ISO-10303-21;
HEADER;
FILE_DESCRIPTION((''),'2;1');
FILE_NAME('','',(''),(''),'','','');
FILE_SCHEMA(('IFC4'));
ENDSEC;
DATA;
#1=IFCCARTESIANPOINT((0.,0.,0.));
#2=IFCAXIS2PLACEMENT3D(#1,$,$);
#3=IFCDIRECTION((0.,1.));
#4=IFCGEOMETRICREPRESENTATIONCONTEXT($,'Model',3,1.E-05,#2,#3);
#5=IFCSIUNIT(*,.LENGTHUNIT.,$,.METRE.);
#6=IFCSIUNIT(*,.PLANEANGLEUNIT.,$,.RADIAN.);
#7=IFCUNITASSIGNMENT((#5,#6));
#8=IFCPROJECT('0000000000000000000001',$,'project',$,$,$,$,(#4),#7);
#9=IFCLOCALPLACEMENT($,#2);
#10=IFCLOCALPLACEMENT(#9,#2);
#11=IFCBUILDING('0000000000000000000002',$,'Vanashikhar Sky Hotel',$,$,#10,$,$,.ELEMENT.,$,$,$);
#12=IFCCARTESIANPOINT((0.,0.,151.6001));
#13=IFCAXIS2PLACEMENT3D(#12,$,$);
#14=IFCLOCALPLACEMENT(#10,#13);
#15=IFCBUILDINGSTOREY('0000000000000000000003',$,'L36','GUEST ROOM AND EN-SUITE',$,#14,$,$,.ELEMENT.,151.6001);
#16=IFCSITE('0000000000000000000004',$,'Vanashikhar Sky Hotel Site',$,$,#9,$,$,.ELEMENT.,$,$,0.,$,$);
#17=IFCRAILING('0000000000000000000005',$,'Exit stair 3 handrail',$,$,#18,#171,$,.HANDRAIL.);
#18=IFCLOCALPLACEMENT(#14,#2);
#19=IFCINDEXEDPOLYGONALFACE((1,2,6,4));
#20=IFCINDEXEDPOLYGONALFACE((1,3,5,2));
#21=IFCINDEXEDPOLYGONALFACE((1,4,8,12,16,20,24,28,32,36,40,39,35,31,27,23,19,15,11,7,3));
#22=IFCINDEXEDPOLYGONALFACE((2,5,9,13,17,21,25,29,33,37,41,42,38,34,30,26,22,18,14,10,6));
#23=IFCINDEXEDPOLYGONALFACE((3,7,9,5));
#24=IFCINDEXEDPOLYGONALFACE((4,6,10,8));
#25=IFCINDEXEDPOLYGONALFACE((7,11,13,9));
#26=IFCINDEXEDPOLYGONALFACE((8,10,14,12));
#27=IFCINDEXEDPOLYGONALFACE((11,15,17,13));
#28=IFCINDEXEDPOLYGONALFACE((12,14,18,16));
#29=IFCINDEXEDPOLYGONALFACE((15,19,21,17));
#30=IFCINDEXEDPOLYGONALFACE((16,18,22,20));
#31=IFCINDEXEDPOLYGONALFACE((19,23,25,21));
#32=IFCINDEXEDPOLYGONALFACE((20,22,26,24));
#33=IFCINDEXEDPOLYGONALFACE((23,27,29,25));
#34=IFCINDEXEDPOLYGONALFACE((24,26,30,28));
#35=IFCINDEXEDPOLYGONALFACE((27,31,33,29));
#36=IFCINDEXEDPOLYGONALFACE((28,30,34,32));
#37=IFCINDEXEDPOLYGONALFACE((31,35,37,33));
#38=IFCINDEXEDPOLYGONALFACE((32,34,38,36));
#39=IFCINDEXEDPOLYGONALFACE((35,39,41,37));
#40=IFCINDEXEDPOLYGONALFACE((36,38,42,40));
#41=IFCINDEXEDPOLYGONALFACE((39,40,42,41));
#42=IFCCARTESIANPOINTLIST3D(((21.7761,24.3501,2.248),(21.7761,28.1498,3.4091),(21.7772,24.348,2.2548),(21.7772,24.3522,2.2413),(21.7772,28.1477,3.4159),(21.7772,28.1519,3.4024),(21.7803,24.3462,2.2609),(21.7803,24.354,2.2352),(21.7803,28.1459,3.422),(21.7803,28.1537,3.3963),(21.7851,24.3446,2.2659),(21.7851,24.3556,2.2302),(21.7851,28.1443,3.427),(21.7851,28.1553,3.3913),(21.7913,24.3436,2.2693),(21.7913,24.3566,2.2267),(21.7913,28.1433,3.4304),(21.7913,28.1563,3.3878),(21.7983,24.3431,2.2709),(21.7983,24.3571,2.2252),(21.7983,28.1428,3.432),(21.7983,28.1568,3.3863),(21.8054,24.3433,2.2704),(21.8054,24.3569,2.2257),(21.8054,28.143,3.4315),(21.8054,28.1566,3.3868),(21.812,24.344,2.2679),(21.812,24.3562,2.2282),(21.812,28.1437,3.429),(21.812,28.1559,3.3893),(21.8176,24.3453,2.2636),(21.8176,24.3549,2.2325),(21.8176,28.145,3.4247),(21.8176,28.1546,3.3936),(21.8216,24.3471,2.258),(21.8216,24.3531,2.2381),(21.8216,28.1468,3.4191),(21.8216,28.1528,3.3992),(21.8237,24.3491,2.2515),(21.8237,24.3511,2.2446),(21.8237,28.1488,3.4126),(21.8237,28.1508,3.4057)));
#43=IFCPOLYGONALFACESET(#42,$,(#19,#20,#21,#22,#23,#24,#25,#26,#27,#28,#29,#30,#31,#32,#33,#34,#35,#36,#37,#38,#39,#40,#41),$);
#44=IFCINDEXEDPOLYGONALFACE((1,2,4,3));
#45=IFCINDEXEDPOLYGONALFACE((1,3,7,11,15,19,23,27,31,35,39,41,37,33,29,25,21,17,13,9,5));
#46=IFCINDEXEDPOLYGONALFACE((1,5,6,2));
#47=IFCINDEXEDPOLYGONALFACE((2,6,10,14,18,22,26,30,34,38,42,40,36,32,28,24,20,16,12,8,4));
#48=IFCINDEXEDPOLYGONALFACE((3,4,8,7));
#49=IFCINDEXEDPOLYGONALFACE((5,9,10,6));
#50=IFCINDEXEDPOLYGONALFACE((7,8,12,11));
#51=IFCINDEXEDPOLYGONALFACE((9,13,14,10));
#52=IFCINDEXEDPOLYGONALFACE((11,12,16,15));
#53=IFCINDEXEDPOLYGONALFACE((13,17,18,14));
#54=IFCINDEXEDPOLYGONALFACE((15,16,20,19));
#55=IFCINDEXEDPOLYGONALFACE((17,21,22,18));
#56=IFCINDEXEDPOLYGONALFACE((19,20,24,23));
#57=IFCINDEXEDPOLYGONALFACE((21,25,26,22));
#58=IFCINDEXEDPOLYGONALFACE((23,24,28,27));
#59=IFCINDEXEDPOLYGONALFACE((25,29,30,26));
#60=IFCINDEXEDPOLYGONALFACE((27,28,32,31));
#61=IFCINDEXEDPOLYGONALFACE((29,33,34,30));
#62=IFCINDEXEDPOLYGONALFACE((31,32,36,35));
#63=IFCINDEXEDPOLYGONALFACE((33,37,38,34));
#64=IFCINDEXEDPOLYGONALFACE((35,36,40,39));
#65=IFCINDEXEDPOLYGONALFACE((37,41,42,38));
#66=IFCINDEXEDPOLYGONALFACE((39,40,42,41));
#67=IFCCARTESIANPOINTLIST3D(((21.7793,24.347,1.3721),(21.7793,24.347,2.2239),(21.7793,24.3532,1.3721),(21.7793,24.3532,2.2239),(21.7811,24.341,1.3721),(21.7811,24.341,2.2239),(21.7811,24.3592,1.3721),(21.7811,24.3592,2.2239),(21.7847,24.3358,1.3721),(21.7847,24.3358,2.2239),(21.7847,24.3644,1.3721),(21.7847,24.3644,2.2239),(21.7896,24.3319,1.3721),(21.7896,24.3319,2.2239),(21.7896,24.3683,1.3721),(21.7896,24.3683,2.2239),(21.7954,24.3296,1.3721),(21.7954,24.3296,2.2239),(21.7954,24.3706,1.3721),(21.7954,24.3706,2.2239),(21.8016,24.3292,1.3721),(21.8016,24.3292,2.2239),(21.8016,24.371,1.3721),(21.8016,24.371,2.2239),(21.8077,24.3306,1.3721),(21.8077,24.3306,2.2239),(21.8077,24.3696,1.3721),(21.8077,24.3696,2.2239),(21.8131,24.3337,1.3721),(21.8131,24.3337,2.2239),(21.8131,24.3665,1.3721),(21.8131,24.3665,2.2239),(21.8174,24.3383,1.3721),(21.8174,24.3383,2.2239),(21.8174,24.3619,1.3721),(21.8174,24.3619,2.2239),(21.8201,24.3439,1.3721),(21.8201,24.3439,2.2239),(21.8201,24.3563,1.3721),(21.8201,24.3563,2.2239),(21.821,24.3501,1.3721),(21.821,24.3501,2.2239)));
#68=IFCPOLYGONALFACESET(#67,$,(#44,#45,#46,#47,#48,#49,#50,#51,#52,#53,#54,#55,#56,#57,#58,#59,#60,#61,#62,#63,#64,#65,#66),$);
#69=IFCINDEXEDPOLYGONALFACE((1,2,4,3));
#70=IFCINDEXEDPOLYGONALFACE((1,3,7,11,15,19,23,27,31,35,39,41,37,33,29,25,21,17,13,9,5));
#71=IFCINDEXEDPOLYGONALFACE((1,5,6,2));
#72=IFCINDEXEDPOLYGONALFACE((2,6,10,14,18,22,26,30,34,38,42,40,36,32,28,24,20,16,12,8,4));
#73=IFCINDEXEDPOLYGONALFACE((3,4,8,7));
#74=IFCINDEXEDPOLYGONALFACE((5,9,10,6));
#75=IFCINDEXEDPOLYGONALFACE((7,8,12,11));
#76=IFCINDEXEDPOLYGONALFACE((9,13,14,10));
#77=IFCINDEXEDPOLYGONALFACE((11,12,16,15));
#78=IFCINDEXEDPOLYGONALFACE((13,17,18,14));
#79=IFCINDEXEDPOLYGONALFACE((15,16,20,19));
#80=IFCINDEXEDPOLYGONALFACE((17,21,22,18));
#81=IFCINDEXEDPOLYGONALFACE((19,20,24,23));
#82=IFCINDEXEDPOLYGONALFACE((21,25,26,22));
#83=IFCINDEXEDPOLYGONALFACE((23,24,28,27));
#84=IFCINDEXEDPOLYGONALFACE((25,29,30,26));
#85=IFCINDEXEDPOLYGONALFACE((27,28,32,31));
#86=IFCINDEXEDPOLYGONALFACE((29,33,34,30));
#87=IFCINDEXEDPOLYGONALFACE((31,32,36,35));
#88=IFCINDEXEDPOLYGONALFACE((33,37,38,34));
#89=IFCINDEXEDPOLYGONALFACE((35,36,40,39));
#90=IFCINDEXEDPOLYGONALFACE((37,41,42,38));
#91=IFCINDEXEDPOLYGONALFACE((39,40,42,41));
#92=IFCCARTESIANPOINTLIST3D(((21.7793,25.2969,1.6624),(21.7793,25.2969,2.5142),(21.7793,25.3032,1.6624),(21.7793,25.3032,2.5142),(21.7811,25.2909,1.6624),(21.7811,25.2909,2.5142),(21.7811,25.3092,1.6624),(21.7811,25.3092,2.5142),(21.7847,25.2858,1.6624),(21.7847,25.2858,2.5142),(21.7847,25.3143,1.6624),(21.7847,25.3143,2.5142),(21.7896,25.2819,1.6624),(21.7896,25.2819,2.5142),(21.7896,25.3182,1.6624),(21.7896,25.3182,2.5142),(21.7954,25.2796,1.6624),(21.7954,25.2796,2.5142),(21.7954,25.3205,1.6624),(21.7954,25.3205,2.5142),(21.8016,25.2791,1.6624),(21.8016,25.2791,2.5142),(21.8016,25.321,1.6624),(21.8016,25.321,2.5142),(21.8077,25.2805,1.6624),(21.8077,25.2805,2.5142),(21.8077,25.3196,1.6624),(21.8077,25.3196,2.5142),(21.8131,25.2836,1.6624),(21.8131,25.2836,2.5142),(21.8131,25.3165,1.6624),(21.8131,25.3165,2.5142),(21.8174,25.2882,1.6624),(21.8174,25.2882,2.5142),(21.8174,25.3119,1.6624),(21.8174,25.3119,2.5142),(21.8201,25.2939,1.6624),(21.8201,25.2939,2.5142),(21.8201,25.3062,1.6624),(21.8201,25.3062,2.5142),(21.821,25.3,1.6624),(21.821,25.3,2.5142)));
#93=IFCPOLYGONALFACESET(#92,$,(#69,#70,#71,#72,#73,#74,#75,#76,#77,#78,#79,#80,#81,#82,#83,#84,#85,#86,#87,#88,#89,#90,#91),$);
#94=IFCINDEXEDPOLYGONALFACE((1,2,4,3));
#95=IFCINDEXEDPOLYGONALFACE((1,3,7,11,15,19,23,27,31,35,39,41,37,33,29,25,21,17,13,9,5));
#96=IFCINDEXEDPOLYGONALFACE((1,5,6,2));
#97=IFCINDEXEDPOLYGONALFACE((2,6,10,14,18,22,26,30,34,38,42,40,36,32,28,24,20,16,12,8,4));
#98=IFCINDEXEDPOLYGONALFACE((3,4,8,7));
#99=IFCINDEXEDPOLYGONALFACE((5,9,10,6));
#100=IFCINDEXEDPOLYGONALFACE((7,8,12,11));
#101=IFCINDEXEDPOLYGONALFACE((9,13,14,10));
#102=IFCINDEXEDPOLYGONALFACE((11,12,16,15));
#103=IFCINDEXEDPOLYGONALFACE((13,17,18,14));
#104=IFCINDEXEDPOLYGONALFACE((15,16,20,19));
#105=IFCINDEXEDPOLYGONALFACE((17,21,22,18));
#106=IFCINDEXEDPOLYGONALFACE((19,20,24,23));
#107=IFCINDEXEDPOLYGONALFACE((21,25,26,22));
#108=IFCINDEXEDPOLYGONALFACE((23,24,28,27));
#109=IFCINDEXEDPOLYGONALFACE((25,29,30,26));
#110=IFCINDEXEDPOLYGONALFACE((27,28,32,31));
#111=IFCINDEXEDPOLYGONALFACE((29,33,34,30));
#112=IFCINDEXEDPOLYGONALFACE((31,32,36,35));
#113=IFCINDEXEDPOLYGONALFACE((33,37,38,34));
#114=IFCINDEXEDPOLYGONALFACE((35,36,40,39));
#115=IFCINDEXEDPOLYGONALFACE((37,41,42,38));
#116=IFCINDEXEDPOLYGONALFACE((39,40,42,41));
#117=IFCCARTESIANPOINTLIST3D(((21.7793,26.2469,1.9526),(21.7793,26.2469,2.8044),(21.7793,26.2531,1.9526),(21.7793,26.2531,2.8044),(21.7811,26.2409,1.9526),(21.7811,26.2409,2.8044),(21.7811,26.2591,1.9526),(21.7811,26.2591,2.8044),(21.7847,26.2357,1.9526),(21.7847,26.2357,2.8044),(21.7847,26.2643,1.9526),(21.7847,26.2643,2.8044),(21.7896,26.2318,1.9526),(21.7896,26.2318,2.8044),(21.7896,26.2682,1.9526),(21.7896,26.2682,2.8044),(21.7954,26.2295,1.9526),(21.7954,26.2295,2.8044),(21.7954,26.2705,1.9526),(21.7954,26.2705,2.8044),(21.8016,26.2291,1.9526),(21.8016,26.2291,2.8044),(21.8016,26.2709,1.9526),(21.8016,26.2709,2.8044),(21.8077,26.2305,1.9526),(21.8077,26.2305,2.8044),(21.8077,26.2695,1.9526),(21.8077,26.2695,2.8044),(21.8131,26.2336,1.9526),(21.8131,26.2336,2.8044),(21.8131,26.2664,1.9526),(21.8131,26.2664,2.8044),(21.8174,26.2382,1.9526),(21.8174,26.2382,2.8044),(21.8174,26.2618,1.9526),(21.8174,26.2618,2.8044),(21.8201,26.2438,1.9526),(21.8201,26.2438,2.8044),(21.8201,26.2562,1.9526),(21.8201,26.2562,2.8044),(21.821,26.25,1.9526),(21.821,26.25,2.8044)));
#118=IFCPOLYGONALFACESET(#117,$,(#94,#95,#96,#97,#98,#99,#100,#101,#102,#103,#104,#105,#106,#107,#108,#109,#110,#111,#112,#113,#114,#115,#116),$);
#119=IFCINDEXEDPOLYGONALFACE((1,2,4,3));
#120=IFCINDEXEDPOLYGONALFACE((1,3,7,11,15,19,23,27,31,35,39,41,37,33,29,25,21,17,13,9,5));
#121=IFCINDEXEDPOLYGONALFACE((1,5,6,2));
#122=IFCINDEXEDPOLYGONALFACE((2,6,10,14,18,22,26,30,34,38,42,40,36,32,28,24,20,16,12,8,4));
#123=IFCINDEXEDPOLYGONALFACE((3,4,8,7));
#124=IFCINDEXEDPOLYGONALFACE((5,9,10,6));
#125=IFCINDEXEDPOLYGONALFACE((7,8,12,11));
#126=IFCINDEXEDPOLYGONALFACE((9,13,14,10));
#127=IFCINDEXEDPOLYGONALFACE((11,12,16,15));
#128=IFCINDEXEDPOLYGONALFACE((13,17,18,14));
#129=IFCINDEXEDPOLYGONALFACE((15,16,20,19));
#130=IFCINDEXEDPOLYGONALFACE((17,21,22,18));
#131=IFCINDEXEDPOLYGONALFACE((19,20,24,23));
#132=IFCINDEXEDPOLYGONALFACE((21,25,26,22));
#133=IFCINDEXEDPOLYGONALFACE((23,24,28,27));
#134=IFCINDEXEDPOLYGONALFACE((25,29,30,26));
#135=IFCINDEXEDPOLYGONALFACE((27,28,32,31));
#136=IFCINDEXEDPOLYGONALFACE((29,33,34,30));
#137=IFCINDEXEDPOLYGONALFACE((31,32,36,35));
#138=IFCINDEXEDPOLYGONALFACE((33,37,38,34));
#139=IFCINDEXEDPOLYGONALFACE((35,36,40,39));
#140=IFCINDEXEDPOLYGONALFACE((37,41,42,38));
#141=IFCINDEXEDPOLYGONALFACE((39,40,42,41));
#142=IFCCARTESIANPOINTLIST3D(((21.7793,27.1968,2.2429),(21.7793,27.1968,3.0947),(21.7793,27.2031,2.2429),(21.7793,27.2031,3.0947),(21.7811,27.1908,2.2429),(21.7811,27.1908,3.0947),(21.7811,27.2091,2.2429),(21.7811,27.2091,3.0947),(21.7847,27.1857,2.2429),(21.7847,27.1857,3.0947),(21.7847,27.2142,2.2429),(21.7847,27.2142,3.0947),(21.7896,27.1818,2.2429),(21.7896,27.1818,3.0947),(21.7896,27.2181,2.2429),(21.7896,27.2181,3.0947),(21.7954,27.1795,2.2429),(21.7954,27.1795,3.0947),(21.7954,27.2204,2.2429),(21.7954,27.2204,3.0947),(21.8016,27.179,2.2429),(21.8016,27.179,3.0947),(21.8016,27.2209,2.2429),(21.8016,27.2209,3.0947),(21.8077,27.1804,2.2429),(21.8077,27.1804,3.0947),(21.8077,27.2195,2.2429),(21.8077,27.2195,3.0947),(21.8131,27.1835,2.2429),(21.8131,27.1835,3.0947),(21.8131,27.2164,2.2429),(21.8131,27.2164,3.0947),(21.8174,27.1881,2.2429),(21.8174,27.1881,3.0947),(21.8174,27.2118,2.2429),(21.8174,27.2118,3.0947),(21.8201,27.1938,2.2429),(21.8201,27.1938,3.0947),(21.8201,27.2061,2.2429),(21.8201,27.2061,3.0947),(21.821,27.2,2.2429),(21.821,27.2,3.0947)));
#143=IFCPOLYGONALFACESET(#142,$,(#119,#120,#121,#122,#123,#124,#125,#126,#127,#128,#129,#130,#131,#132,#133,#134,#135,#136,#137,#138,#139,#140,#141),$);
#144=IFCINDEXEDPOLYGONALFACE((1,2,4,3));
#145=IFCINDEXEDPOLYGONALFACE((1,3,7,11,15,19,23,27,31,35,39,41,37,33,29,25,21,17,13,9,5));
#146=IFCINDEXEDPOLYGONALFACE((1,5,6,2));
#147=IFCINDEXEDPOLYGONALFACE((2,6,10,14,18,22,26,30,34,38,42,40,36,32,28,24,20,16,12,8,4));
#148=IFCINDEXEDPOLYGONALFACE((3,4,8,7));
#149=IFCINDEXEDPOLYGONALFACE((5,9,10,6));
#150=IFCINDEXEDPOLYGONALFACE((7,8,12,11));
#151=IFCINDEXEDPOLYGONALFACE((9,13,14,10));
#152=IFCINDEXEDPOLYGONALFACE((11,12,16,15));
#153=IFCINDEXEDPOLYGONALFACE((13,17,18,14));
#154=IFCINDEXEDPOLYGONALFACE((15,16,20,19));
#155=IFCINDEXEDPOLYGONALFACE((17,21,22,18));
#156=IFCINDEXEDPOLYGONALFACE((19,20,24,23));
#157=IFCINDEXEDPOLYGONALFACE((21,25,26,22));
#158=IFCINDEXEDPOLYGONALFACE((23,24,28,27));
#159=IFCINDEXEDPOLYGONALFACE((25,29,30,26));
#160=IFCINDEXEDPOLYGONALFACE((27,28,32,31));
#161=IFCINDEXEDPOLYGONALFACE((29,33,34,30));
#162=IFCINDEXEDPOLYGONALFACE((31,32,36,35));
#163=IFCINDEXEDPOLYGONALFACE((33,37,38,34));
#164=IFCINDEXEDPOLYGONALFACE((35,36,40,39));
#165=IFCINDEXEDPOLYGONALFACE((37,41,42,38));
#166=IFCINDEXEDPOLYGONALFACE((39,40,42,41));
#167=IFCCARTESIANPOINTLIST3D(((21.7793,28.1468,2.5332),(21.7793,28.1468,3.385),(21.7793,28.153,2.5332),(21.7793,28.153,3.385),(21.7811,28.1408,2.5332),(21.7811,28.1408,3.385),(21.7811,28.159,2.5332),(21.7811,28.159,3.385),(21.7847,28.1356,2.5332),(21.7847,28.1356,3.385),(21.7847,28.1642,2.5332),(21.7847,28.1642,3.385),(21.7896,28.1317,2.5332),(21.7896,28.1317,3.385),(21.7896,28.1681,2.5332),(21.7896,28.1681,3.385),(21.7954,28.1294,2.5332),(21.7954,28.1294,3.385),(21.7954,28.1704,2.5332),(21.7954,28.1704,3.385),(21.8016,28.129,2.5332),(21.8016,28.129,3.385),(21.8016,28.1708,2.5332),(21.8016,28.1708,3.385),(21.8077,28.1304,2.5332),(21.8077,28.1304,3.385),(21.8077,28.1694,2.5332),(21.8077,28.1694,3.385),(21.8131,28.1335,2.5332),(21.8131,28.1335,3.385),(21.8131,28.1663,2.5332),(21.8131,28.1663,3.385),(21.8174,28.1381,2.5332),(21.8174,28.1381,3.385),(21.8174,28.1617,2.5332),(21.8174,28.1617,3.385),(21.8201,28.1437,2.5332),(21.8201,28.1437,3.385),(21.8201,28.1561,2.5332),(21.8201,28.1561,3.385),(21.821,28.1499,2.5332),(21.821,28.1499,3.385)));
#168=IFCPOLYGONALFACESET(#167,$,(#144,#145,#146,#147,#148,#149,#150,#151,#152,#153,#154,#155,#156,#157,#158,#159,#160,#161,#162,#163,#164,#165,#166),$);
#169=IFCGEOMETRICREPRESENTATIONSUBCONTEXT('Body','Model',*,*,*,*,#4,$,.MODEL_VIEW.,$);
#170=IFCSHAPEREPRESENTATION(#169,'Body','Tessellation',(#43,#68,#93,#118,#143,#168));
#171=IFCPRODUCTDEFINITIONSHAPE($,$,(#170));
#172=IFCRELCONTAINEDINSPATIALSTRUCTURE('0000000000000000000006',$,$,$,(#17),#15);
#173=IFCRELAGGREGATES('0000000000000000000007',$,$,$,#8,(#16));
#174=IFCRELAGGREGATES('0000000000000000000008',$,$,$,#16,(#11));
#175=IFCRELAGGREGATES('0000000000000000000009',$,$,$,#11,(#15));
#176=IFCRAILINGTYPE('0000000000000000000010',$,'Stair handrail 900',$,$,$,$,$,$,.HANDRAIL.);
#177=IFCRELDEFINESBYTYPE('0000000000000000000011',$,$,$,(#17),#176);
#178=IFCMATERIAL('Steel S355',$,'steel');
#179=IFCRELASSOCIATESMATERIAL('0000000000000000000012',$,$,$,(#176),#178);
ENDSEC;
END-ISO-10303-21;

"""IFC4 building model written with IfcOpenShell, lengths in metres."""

from ifc_helpers import new_model, si_unit, direction, frame, origin, origin_2d, place, context, subcontext, project, spatial, circle, extrude, source, transform, mapped, material, type_object, element, save


model = new_model("IFC4")

# Units and contexts
model_context = context("Model", 3, precision=1e-05, world=origin(), true_north=direction((0.0, 1.0)))
body_context = subcontext(model_context, "Body", "Model", "MODEL_VIEW")
ifc_project = project(units=[si_unit("LENGTHUNIT", "METRE"), si_unit("PLANEANGLEUNIT", "RADIAN")], contexts=[model_context])

# Site, building, storey
site_placement = place(None, origin())
site = spatial("IfcSite", under=ifc_project, at=site_placement, Name="Vanashikhar Sky Hotel Site", CompositionType="ELEMENT", RefElevation=0.0)
building_placement = place(site_placement, origin())
building = spatial("IfcBuilding", under=site, at=building_placement, Name="Vanashikhar Sky Hotel", CompositionType="ELEMENT")
storey_placement = place(building_placement, frame((0.0, 0.0, 151.6001)))
storey = spatial("IfcBuildingStorey", under=building, at=storey_placement, Name="L36", Description="GUEST ROOM AND EN-SUITE", CompositionType="ELEMENT", Elevation=151.6001)

# Railing
ifc_material_1 = material(Name="Steel S355", Category="steel")
railing_type = type_object("IfcRailingType", Name="Stair handrail 900", PredefinedType="HANDRAIL", material=ifc_material_1)
shared_shape_1 = source(origin(), body_context, "Body", "SweptSolid", [
    extrude(circle(Radius=0.0239, at=origin_2d()), frame((0.0, 0.0, 0.876), z_axis=(0.0, 0.956346, 0.292237), x_axis=(-1.0, 0.0, 0.0)), (0.0, 0.0, 1.0), 3.9731),
    extrude(circle(Radius=0.021, at=origin_2d()), origin(), (0.0, 0.0, 1.0), 0.8518),
    extrude(circle(Radius=0.021, at=origin_2d()), frame((0.0, 0.95, 0.2903)), (0.0, 0.0, 1.0), 0.8518),
    extrude(circle(Radius=0.021, at=origin_2d()), frame((0.0, 1.8999, 0.5806)), (0.0, 0.0, 1.0), 0.8518),
    extrude(circle(Radius=0.021, at=origin_2d()), frame((0.0, 2.8499, 0.8708)), (0.0, 0.0, 1.0), 0.8518),
    extrude(circle(Radius=0.021, at=origin_2d()), frame((0.0, 3.7998, 1.1611)), (0.0, 0.0, 1.0), 0.8518),
])
railing_placement = place(storey_placement, frame((21.8, 24.3501, 1.3721)))
element("IfcRailing", 1, at=railing_placement, inside=storey, type_object=railing_type, Name="Exit stair 3 handrail", PredefinedType="HANDRAIL", context=body_context, shape_type="MappedRepresentation", body=[
    mapped(shared_shape_1, transform((0.0, 0.0, 0.0), scale=1.0)),
])

save(model, "model.ifc")
